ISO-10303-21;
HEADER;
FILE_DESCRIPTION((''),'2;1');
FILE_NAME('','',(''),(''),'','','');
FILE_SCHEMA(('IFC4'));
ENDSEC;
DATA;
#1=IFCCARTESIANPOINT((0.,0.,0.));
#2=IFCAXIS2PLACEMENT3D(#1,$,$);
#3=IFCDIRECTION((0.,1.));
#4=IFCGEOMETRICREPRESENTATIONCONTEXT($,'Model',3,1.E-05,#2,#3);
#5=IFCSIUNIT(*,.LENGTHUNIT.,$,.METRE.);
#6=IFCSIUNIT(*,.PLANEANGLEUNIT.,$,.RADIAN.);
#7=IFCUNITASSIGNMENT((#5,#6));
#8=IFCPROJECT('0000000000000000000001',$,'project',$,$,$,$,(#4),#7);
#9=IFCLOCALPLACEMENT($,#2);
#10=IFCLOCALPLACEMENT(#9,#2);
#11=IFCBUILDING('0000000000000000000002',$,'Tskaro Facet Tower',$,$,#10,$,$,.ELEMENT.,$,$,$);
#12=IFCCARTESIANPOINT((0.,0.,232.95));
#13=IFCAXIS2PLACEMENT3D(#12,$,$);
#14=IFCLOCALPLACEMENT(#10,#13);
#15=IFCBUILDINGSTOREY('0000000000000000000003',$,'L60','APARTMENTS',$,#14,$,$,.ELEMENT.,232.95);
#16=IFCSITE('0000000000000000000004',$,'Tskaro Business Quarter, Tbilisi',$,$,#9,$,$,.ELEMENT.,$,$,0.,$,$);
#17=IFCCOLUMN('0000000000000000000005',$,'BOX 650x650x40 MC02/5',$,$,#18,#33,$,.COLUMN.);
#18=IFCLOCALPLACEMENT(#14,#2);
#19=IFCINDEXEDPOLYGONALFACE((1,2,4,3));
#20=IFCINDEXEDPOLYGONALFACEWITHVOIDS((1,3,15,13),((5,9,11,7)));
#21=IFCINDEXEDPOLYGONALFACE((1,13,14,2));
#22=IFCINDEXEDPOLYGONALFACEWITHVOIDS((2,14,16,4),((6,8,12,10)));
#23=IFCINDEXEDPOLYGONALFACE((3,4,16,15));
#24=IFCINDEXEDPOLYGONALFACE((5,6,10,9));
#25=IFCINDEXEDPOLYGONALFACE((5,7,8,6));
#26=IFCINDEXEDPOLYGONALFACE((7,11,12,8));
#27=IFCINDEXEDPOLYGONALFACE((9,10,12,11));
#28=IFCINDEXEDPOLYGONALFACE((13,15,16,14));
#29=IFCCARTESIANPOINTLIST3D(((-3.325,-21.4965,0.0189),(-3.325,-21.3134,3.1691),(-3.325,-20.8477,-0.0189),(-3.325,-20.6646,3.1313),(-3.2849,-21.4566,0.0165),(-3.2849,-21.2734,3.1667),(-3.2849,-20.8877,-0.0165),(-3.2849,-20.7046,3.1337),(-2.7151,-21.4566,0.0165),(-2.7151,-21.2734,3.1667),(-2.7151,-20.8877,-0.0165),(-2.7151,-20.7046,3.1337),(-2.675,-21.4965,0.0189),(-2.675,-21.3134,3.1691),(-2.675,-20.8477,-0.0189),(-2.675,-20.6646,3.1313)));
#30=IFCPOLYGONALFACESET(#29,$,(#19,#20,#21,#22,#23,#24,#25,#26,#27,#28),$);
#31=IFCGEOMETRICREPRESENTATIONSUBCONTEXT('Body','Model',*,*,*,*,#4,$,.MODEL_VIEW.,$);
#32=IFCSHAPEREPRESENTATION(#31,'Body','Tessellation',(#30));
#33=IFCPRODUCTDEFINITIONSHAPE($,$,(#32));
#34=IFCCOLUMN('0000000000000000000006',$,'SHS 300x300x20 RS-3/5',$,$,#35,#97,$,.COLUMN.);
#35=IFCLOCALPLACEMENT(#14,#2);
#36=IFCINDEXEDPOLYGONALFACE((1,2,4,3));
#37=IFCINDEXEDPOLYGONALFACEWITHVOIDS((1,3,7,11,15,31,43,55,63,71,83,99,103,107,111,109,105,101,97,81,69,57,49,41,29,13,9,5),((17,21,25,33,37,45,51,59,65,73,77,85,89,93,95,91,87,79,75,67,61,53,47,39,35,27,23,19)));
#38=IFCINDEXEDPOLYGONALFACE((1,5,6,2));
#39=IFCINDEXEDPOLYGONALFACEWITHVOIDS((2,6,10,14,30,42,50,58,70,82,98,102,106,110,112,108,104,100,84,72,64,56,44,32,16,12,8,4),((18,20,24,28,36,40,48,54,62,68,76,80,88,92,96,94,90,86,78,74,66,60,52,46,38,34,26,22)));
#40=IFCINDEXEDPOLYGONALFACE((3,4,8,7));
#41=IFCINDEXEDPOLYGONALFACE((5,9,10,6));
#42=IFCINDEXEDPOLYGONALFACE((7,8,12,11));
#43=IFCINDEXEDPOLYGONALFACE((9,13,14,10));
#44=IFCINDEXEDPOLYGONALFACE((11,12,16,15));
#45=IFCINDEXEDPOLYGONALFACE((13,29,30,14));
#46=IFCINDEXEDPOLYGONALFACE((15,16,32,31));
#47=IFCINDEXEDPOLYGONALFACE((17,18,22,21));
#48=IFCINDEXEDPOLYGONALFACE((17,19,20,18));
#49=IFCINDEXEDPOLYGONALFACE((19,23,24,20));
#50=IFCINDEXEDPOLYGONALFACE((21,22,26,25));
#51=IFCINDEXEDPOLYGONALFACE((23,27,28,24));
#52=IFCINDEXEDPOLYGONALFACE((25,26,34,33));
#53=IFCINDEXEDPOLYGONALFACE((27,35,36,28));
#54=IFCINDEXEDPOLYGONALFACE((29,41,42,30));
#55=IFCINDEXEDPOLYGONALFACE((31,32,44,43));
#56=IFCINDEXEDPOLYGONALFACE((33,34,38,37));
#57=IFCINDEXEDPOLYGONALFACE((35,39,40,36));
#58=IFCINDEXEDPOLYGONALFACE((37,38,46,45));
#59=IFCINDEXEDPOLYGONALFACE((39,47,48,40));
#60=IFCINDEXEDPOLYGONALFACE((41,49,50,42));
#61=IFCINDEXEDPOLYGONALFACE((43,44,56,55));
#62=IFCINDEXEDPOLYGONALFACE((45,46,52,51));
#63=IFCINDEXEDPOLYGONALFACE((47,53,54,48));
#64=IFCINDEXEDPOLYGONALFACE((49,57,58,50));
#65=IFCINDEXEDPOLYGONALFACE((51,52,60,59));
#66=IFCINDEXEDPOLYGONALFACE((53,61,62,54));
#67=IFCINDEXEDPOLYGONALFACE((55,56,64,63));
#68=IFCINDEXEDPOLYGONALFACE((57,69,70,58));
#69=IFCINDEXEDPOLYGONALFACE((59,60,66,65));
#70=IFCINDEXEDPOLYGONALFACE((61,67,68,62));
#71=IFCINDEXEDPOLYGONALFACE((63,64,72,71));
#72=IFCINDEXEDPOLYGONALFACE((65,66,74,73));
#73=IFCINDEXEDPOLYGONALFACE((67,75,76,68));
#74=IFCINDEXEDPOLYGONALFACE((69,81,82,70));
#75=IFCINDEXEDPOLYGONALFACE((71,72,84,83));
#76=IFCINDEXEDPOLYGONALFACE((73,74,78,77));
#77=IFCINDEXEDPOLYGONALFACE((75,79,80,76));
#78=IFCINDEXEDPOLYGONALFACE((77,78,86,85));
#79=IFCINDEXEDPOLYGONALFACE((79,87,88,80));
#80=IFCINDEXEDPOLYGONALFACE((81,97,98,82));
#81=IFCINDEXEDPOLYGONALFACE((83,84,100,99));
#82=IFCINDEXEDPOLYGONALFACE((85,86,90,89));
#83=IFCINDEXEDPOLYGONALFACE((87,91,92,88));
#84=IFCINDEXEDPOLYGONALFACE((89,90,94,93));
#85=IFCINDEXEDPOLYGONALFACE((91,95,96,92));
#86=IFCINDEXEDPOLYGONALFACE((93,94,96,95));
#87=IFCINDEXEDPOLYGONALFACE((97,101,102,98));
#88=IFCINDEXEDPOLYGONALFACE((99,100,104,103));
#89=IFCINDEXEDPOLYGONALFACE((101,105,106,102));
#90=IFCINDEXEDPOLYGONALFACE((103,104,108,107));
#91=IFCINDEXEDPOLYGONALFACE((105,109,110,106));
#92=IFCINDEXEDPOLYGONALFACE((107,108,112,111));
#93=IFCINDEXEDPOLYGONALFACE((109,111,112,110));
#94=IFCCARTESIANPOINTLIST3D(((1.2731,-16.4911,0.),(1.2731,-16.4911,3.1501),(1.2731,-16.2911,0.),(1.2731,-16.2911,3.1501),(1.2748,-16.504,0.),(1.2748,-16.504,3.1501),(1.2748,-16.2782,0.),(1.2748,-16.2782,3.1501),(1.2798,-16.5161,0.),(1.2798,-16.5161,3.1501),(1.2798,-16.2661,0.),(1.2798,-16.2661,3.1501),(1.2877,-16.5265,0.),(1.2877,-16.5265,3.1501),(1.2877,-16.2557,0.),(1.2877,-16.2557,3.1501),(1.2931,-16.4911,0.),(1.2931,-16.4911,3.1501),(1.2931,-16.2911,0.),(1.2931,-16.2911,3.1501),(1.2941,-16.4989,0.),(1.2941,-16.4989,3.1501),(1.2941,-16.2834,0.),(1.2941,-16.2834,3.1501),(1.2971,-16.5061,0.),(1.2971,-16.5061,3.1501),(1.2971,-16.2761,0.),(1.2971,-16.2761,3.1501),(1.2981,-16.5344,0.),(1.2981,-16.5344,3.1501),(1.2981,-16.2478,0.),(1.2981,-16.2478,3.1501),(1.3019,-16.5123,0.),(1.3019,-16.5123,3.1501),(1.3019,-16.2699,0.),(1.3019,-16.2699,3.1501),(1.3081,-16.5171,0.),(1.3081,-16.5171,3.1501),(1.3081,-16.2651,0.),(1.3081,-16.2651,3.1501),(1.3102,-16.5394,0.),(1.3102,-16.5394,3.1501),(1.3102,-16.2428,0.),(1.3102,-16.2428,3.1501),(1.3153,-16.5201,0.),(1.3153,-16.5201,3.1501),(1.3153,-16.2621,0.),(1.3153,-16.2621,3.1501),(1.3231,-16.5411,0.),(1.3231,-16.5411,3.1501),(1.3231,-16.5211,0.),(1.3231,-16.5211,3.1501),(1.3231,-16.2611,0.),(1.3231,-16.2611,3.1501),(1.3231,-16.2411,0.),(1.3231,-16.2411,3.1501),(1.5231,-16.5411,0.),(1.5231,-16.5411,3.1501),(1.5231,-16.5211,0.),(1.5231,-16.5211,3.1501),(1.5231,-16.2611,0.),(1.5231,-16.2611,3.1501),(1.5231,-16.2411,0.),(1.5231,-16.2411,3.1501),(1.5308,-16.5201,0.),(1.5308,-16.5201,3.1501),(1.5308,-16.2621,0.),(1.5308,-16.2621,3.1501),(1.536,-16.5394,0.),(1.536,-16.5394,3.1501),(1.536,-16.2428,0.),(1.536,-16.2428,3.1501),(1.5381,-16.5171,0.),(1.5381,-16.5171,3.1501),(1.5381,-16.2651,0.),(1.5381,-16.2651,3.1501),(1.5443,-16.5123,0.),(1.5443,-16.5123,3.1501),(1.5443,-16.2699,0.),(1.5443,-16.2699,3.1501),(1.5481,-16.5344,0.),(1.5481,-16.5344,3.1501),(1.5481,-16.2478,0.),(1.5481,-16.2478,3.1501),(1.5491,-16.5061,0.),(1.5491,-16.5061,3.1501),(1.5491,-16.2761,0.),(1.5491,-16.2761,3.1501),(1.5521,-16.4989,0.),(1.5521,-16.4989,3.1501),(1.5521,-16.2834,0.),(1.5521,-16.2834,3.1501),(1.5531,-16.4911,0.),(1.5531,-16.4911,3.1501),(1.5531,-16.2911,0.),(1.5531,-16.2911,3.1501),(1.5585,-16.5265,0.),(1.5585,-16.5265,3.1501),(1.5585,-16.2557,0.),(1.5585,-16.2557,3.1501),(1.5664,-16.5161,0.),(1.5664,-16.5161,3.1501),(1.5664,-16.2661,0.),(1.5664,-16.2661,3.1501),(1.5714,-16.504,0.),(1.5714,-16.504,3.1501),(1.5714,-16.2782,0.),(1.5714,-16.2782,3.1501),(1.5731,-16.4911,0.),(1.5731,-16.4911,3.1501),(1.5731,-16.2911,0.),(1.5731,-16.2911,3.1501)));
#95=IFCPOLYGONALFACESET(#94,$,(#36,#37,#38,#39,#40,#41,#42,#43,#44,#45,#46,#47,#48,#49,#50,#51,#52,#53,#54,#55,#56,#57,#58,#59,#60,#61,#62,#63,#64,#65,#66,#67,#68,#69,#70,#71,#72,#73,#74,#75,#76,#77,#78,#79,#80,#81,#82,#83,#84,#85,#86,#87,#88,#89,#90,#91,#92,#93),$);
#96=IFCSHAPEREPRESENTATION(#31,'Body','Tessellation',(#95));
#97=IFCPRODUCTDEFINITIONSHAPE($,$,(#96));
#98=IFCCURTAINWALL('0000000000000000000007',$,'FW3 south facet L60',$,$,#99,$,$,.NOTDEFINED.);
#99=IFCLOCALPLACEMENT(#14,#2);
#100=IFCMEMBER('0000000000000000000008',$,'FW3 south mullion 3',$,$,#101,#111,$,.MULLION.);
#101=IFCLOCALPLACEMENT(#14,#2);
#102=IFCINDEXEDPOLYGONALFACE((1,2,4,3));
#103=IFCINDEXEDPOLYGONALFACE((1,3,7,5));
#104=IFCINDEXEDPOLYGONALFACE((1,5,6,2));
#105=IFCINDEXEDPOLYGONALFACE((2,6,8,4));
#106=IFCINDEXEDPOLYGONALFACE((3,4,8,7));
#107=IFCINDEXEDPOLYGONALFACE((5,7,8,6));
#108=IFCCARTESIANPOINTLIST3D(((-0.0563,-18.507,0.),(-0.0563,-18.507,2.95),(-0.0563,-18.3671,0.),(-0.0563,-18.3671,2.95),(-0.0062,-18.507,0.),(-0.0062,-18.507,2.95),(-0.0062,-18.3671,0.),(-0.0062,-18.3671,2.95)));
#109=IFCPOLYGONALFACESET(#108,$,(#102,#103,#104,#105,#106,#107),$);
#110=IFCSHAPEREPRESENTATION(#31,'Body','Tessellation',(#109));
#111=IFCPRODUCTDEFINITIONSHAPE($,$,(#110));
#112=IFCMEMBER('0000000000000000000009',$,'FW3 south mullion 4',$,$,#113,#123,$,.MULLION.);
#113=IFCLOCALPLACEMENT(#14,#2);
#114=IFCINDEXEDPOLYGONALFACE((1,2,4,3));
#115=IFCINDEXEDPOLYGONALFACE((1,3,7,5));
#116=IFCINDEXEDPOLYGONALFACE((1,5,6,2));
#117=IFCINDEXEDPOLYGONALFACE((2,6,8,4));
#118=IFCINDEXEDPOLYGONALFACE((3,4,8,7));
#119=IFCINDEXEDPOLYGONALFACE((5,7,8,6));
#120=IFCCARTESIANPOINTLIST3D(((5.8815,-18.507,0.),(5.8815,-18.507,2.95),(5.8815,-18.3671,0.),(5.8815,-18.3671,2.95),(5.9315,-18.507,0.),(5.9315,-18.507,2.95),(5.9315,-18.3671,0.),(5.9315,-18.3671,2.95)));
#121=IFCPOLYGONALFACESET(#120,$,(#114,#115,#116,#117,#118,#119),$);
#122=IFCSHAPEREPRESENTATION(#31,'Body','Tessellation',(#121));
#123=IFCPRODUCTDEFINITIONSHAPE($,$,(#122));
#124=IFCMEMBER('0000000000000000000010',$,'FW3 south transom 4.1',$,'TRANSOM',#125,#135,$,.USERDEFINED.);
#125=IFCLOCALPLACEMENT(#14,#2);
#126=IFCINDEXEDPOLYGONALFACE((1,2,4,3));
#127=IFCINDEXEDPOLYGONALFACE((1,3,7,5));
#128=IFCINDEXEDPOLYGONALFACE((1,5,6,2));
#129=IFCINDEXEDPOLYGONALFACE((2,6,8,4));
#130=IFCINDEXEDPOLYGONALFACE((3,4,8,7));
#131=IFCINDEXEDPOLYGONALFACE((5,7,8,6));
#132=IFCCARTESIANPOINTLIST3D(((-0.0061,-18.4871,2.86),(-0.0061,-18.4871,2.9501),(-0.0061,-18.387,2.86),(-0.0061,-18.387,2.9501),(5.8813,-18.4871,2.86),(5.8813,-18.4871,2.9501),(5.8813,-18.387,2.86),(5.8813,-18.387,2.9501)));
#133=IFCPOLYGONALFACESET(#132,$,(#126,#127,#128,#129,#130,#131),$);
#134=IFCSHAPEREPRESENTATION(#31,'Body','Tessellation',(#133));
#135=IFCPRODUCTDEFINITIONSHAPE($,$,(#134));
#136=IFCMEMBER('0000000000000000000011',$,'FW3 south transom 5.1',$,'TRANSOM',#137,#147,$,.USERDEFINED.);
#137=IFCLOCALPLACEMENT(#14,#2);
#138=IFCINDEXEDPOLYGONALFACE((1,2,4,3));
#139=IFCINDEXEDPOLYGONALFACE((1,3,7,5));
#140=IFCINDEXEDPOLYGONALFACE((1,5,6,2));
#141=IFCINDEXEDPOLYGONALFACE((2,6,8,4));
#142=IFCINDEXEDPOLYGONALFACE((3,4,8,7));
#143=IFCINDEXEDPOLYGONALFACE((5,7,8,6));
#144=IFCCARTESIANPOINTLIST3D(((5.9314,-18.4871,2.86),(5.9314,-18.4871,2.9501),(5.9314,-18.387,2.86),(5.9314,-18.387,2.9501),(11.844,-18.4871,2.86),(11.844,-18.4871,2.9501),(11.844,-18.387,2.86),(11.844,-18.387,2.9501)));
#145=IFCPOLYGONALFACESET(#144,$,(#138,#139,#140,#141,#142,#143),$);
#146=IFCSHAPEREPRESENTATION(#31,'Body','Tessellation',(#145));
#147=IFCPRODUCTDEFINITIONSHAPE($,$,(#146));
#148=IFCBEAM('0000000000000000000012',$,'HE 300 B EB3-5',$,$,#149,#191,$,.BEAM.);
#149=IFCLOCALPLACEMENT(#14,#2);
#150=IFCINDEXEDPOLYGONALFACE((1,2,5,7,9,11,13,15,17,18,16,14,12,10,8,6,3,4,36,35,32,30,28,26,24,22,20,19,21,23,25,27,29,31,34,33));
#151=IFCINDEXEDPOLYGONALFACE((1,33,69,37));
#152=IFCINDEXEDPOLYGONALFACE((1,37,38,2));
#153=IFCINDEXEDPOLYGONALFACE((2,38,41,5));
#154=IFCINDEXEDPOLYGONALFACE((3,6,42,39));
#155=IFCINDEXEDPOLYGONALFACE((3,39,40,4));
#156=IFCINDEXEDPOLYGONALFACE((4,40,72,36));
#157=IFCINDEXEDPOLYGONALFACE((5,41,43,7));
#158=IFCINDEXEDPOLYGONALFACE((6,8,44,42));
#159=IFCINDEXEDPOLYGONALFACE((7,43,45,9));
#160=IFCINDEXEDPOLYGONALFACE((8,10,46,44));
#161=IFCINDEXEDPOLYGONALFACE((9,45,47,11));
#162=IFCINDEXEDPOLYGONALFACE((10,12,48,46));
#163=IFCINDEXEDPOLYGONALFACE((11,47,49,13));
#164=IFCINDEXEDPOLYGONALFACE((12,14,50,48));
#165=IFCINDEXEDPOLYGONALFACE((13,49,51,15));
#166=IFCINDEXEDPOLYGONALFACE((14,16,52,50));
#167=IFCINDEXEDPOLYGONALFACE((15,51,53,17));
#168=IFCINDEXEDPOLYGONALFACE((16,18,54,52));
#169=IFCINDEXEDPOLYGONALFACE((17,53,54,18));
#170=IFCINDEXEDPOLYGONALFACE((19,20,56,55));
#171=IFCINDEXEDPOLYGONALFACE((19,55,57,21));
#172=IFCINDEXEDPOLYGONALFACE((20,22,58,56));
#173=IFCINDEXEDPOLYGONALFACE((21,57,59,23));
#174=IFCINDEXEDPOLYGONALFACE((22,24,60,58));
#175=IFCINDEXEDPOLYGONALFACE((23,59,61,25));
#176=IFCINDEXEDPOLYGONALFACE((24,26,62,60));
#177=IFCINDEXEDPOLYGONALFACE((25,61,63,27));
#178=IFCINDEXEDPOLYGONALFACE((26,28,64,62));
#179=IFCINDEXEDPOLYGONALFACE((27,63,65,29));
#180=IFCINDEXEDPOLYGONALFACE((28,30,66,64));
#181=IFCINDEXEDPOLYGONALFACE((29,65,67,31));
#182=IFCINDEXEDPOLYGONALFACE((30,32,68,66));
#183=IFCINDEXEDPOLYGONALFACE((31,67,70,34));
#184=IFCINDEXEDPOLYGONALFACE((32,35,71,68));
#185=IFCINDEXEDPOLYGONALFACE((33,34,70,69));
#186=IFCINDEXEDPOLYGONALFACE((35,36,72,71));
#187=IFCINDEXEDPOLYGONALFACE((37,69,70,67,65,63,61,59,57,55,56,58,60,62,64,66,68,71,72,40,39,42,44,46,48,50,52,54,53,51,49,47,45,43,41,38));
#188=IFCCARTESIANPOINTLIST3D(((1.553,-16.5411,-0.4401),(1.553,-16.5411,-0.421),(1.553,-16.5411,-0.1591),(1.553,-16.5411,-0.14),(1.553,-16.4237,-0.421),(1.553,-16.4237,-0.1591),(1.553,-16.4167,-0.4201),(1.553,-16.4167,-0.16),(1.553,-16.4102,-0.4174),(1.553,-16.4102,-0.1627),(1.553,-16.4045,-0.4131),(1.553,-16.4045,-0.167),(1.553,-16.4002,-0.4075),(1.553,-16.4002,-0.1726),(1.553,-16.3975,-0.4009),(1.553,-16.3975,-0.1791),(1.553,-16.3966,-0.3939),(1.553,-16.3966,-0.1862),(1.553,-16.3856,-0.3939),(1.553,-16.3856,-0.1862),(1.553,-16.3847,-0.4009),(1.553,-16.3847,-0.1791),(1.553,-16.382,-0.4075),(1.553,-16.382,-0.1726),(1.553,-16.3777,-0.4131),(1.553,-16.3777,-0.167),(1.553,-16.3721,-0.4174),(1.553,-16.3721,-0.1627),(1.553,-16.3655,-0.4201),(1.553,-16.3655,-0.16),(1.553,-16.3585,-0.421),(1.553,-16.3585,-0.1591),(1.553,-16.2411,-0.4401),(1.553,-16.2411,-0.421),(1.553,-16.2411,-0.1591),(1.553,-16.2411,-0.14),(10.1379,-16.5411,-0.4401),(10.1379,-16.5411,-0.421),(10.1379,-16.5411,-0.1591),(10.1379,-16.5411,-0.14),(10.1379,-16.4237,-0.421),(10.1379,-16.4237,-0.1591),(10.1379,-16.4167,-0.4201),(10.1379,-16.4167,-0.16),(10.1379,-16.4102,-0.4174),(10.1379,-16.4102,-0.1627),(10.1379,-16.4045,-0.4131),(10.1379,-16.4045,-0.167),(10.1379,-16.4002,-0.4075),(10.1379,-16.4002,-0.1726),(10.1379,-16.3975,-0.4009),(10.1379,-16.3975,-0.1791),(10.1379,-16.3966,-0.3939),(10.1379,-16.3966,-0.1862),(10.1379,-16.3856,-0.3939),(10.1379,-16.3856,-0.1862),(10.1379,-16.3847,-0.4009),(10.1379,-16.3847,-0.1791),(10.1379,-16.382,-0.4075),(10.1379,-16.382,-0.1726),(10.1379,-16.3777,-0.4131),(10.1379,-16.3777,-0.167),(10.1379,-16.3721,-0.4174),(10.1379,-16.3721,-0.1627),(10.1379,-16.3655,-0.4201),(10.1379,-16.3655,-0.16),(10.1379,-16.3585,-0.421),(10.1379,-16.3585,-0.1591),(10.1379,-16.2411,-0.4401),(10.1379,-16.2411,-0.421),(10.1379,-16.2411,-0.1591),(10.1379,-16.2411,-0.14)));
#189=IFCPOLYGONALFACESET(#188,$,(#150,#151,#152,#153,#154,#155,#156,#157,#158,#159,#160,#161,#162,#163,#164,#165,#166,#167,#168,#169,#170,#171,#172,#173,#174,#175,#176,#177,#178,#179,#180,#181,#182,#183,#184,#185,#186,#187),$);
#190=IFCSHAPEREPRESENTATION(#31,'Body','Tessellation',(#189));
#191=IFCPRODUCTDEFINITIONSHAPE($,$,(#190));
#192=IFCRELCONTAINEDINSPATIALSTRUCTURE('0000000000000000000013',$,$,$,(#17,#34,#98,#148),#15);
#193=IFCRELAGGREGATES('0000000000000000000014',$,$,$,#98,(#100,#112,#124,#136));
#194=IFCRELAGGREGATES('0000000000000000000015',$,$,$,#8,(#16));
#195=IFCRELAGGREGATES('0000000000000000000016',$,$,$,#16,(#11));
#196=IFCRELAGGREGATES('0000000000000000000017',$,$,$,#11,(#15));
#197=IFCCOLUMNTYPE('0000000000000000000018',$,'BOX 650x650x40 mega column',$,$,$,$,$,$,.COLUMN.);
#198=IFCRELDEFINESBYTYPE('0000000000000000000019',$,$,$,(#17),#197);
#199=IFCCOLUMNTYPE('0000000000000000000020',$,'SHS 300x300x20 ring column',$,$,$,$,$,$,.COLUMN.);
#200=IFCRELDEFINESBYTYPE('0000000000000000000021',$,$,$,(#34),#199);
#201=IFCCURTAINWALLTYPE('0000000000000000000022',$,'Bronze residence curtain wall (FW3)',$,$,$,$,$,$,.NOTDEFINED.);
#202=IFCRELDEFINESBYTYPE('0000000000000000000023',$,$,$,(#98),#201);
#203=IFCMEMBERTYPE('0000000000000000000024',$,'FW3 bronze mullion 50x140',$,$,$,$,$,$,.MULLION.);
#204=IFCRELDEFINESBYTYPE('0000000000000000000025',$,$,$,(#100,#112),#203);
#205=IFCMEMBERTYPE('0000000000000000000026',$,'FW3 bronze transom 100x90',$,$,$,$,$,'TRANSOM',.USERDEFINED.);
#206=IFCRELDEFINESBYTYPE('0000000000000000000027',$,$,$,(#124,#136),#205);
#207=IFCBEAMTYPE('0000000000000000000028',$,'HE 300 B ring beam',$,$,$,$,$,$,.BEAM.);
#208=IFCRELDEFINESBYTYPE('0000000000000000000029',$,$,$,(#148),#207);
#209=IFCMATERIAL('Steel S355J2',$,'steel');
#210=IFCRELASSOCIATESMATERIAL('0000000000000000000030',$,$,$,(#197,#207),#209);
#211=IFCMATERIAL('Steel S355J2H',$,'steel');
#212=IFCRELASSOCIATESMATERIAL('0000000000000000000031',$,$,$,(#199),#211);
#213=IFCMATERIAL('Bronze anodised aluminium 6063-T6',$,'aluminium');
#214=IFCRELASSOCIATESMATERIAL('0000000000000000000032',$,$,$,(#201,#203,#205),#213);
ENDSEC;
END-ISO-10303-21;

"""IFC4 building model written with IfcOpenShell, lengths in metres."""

from ifc_helpers import new_model, si_unit, direction, frame, origin, origin_2d, place, context, subcontext, project, spatial, rectangle, hollow_rectangle, i_section, extrude, material, material_profile, profile_set, type_object, element, aggregate, save


model = new_model("IFC4")

# Units and contexts
model_context = context("Model", 3, precision=1e-05, world=origin(), true_north=direction((0.0, 1.0)))
body_context = subcontext(model_context, "Body", "Model", "MODEL_VIEW")
ifc_project = project(units=[si_unit("LENGTHUNIT", "METRE"), si_unit("PLANEANGLEUNIT", "RADIAN")], contexts=[model_context])

# Site, building, storey
site_placement = place(None, origin())
site = spatial("IfcSite", under=ifc_project, at=site_placement, Name="Tskaro Business Quarter, Tbilisi", CompositionType="ELEMENT", RefElevation=0.0)
building_placement = place(site_placement, origin())
building = spatial("IfcBuilding", under=site, at=building_placement, Name="Tskaro Facet Tower", CompositionType="ELEMENT")
storey_placement = place(building_placement, frame((0.0, 0.0, 232.95)))
storey = spatial("IfcBuildingStorey", under=building, at=storey_placement, Name="L60", Description="APARTMENTS", CompositionType="ELEMENT", Elevation=232.95)

# Columns
ifc_material_1 = material(Name="Steel S355J2", Category="steel")
ifc_material_profile_1 = material_profile(ifc_material_1, hollow_rectangle(XDim=0.6499, YDim=0.6499, WallThickness=0.04, at=origin_2d()), Name="BOX 650x650x40")
ifc_profile_set_1 = profile_set([ifc_material_profile_1], Name="Steel S355J2")
column_type_1 = type_object("IfcColumnType", Name="BOX 650x650x40 mega column", PredefinedType="COLUMN", material=ifc_profile_set_1)
column_1_placement = place(storey_placement, frame((-3.0, -21.1721, 0.0), z_axis=(0.0, 0.058028, 0.998315), x_axis=(-1.0, 0.0, 0.0)))
element("IfcColumn", 1, at=column_1_placement, inside=storey, type_object=column_type_1, Name="BOX 650x650x40 MC02/5", PredefinedType="COLUMN", context=body_context, shape_type="SweptSolid", body=[
    extrude(hollow_rectangle(XDim=0.6499, YDim=0.6499, WallThickness=0.04, at=origin_2d()), origin(), (0.0, 0.0, 1.0), 3.1555),
])
ifc_material_2 = material(Name="Steel S355J2H", Category="steel")
ifc_material_profile_2 = material_profile(ifc_material_2, hollow_rectangle(XDim=0.3, YDim=0.3, WallThickness=0.02, InnerFilletRadius=0.03, OuterFilletRadius=0.05, at=origin_2d()), Name="SHS 300x300x20")
ifc_profile_set_2 = profile_set([ifc_material_profile_2], Name="Steel S355J2H")
column_type_2 = type_object("IfcColumnType", Name="SHS 300x300x20 ring column", PredefinedType="COLUMN", material=ifc_profile_set_2)
column_2_placement = place(storey_placement, frame((1.4231, -16.3911, 0.0), z_axis=(0.0, 0.0, 1.0), x_axis=(1.0, 0.0, 0.0)))
element("IfcColumn", 2, at=column_2_placement, inside=storey, type_object=column_type_2, Name="SHS 300x300x20 RS-3/5", PredefinedType="COLUMN", context=body_context, shape_type="SweptSolid", body=[
    extrude(hollow_rectangle(XDim=0.3, YDim=0.3, WallThickness=0.02, InnerFilletRadius=0.03, OuterFilletRadius=0.05, at=origin_2d()), origin(), (0.0, 0.0, 1.0), 3.1501),
])

# Curtain wall, members
ifc_material_3 = material(Name="Bronze anodised aluminium 6063-T6", Category="aluminium")
curtain_wall_type = type_object("IfcCurtainWallType", Name="Bronze residence curtain wall (FW3)", PredefinedType="NOTDEFINED", material=ifc_material_3)
curtain_wall_placement = place(storey_placement, origin())
curtain_wall = element("IfcCurtainWall", 3, at=curtain_wall_placement, inside=storey, type_object=curtain_wall_type, Name="FW3 south facet L60", PredefinedType="NOTDEFINED")
ifc_material_profile_3 = material_profile(ifc_material_3, rectangle(XDim=0.05, YDim=0.1399, at=origin_2d()), Name="Mullion 50x140")
ifc_profile_set_3 = profile_set([ifc_material_profile_3], Name="Bronze anodised aluminium 6063-T6")
member_type_1 = type_object("IfcMemberType", Name="FW3 bronze mullion 50x140", PredefinedType="MULLION", material=ifc_profile_set_3)
member_1_placement = place(storey_placement, frame((-0.0312, -18.437, 0.0), z_axis=(0.0, 0.0, 1.0), x_axis=(1.0, 0.0, 0.0)))
member_1 = element("IfcMember", 4, at=member_1_placement, type_object=member_type_1, Name="FW3 south mullion 3", PredefinedType="MULLION", context=body_context, shape_type="SweptSolid", body=[
    extrude(rectangle(XDim=0.05, YDim=0.1399, at=origin_2d()), origin(), (0.0, 0.0, 1.0), 2.95),
])
member_2_placement = place(storey_placement, frame((5.9065, -18.437, 0.0), z_axis=(0.0, 0.0, 1.0), x_axis=(1.0, 0.0, 0.0)))
member_2 = element("IfcMember", 5, at=member_2_placement, type_object=member_type_1, Name="FW3 south mullion 4", PredefinedType="MULLION", context=body_context, shape_type="SweptSolid", body=[
    extrude(rectangle(XDim=0.05, YDim=0.1399, at=origin_2d()), origin(), (0.0, 0.0, 1.0), 2.95),
])
ifc_material_profile_4 = material_profile(ifc_material_3, rectangle(XDim=0.1001, YDim=0.0901, at=origin_2d()), Name="Transom 100x90")
ifc_profile_set_4 = profile_set([ifc_material_profile_4], Name="Bronze anodised aluminium 6063-T6")
member_type_2 = type_object("IfcMemberType", Name="FW3 bronze transom 100x90", ElementType="TRANSOM", PredefinedType="USERDEFINED", material=ifc_profile_set_4)
member_3_placement = place(storey_placement, frame((-0.0061, -18.437, 2.905), z_axis=(1.0, 0.0, 0.0), x_axis=(0.0, 1.0, 0.0)))
member_3 = element("IfcMember", 6, at=member_3_placement, type_object=member_type_2, Name="FW3 south transom 4.1", ObjectType="TRANSOM", PredefinedType="USERDEFINED", context=body_context, shape_type="SweptSolid", body=[
    extrude(rectangle(XDim=0.1001, YDim=0.0901, at=origin_2d()), origin(), (0.0, 0.0, 1.0), 5.8875),
])
member_4_placement = place(storey_placement, frame((5.9314, -18.437, 2.905), z_axis=(1.0, 0.0, 0.0), x_axis=(0.0, 1.0, 0.0)))
member_4 = element("IfcMember", 7, at=member_4_placement, type_object=member_type_2, Name="FW3 south transom 5.1", ObjectType="TRANSOM", PredefinedType="USERDEFINED", context=body_context, shape_type="SweptSolid", body=[
    extrude(rectangle(XDim=0.1001, YDim=0.0901, at=origin_2d()), origin(), (0.0, 0.0, 1.0), 5.9126),
])

# Beam
ifc_material_profile_5 = material_profile(ifc_material_1, i_section(OverallWidth=0.3, OverallDepth=0.3, WebThickness=0.011, FlangeThickness=0.019, FilletRadius=0.0271, at=origin_2d()), Name="HE 300 B")
ifc_profile_set_5 = profile_set([ifc_material_profile_5], Name="Steel S355J2")
beam_type_1 = type_object("IfcBeamType", Name="HE 300 B ring beam", PredefinedType="BEAM", material=ifc_profile_set_5)
beam_1_placement = place(storey_placement, frame((1.553, -16.3911, -0.29), z_axis=(1.0, 0.0, 0.0), x_axis=(0.0, 1.0, 0.0)))
element("IfcBeam", 8, at=beam_1_placement, inside=storey, type_object=beam_type_1, Name="HE 300 B EB3-5", PredefinedType="BEAM", context=body_context, shape_type="SweptSolid", body=[
    extrude(i_section(OverallWidth=0.3, OverallDepth=0.3, WebThickness=0.011, FlangeThickness=0.019, FilletRadius=0.0271, at=origin_2d()), origin(), (0.0, 0.0, 1.0), 8.585),
])

aggregate(curtain_wall, [member_1, member_2, member_3, member_4])

save(model, "model.ifc")
